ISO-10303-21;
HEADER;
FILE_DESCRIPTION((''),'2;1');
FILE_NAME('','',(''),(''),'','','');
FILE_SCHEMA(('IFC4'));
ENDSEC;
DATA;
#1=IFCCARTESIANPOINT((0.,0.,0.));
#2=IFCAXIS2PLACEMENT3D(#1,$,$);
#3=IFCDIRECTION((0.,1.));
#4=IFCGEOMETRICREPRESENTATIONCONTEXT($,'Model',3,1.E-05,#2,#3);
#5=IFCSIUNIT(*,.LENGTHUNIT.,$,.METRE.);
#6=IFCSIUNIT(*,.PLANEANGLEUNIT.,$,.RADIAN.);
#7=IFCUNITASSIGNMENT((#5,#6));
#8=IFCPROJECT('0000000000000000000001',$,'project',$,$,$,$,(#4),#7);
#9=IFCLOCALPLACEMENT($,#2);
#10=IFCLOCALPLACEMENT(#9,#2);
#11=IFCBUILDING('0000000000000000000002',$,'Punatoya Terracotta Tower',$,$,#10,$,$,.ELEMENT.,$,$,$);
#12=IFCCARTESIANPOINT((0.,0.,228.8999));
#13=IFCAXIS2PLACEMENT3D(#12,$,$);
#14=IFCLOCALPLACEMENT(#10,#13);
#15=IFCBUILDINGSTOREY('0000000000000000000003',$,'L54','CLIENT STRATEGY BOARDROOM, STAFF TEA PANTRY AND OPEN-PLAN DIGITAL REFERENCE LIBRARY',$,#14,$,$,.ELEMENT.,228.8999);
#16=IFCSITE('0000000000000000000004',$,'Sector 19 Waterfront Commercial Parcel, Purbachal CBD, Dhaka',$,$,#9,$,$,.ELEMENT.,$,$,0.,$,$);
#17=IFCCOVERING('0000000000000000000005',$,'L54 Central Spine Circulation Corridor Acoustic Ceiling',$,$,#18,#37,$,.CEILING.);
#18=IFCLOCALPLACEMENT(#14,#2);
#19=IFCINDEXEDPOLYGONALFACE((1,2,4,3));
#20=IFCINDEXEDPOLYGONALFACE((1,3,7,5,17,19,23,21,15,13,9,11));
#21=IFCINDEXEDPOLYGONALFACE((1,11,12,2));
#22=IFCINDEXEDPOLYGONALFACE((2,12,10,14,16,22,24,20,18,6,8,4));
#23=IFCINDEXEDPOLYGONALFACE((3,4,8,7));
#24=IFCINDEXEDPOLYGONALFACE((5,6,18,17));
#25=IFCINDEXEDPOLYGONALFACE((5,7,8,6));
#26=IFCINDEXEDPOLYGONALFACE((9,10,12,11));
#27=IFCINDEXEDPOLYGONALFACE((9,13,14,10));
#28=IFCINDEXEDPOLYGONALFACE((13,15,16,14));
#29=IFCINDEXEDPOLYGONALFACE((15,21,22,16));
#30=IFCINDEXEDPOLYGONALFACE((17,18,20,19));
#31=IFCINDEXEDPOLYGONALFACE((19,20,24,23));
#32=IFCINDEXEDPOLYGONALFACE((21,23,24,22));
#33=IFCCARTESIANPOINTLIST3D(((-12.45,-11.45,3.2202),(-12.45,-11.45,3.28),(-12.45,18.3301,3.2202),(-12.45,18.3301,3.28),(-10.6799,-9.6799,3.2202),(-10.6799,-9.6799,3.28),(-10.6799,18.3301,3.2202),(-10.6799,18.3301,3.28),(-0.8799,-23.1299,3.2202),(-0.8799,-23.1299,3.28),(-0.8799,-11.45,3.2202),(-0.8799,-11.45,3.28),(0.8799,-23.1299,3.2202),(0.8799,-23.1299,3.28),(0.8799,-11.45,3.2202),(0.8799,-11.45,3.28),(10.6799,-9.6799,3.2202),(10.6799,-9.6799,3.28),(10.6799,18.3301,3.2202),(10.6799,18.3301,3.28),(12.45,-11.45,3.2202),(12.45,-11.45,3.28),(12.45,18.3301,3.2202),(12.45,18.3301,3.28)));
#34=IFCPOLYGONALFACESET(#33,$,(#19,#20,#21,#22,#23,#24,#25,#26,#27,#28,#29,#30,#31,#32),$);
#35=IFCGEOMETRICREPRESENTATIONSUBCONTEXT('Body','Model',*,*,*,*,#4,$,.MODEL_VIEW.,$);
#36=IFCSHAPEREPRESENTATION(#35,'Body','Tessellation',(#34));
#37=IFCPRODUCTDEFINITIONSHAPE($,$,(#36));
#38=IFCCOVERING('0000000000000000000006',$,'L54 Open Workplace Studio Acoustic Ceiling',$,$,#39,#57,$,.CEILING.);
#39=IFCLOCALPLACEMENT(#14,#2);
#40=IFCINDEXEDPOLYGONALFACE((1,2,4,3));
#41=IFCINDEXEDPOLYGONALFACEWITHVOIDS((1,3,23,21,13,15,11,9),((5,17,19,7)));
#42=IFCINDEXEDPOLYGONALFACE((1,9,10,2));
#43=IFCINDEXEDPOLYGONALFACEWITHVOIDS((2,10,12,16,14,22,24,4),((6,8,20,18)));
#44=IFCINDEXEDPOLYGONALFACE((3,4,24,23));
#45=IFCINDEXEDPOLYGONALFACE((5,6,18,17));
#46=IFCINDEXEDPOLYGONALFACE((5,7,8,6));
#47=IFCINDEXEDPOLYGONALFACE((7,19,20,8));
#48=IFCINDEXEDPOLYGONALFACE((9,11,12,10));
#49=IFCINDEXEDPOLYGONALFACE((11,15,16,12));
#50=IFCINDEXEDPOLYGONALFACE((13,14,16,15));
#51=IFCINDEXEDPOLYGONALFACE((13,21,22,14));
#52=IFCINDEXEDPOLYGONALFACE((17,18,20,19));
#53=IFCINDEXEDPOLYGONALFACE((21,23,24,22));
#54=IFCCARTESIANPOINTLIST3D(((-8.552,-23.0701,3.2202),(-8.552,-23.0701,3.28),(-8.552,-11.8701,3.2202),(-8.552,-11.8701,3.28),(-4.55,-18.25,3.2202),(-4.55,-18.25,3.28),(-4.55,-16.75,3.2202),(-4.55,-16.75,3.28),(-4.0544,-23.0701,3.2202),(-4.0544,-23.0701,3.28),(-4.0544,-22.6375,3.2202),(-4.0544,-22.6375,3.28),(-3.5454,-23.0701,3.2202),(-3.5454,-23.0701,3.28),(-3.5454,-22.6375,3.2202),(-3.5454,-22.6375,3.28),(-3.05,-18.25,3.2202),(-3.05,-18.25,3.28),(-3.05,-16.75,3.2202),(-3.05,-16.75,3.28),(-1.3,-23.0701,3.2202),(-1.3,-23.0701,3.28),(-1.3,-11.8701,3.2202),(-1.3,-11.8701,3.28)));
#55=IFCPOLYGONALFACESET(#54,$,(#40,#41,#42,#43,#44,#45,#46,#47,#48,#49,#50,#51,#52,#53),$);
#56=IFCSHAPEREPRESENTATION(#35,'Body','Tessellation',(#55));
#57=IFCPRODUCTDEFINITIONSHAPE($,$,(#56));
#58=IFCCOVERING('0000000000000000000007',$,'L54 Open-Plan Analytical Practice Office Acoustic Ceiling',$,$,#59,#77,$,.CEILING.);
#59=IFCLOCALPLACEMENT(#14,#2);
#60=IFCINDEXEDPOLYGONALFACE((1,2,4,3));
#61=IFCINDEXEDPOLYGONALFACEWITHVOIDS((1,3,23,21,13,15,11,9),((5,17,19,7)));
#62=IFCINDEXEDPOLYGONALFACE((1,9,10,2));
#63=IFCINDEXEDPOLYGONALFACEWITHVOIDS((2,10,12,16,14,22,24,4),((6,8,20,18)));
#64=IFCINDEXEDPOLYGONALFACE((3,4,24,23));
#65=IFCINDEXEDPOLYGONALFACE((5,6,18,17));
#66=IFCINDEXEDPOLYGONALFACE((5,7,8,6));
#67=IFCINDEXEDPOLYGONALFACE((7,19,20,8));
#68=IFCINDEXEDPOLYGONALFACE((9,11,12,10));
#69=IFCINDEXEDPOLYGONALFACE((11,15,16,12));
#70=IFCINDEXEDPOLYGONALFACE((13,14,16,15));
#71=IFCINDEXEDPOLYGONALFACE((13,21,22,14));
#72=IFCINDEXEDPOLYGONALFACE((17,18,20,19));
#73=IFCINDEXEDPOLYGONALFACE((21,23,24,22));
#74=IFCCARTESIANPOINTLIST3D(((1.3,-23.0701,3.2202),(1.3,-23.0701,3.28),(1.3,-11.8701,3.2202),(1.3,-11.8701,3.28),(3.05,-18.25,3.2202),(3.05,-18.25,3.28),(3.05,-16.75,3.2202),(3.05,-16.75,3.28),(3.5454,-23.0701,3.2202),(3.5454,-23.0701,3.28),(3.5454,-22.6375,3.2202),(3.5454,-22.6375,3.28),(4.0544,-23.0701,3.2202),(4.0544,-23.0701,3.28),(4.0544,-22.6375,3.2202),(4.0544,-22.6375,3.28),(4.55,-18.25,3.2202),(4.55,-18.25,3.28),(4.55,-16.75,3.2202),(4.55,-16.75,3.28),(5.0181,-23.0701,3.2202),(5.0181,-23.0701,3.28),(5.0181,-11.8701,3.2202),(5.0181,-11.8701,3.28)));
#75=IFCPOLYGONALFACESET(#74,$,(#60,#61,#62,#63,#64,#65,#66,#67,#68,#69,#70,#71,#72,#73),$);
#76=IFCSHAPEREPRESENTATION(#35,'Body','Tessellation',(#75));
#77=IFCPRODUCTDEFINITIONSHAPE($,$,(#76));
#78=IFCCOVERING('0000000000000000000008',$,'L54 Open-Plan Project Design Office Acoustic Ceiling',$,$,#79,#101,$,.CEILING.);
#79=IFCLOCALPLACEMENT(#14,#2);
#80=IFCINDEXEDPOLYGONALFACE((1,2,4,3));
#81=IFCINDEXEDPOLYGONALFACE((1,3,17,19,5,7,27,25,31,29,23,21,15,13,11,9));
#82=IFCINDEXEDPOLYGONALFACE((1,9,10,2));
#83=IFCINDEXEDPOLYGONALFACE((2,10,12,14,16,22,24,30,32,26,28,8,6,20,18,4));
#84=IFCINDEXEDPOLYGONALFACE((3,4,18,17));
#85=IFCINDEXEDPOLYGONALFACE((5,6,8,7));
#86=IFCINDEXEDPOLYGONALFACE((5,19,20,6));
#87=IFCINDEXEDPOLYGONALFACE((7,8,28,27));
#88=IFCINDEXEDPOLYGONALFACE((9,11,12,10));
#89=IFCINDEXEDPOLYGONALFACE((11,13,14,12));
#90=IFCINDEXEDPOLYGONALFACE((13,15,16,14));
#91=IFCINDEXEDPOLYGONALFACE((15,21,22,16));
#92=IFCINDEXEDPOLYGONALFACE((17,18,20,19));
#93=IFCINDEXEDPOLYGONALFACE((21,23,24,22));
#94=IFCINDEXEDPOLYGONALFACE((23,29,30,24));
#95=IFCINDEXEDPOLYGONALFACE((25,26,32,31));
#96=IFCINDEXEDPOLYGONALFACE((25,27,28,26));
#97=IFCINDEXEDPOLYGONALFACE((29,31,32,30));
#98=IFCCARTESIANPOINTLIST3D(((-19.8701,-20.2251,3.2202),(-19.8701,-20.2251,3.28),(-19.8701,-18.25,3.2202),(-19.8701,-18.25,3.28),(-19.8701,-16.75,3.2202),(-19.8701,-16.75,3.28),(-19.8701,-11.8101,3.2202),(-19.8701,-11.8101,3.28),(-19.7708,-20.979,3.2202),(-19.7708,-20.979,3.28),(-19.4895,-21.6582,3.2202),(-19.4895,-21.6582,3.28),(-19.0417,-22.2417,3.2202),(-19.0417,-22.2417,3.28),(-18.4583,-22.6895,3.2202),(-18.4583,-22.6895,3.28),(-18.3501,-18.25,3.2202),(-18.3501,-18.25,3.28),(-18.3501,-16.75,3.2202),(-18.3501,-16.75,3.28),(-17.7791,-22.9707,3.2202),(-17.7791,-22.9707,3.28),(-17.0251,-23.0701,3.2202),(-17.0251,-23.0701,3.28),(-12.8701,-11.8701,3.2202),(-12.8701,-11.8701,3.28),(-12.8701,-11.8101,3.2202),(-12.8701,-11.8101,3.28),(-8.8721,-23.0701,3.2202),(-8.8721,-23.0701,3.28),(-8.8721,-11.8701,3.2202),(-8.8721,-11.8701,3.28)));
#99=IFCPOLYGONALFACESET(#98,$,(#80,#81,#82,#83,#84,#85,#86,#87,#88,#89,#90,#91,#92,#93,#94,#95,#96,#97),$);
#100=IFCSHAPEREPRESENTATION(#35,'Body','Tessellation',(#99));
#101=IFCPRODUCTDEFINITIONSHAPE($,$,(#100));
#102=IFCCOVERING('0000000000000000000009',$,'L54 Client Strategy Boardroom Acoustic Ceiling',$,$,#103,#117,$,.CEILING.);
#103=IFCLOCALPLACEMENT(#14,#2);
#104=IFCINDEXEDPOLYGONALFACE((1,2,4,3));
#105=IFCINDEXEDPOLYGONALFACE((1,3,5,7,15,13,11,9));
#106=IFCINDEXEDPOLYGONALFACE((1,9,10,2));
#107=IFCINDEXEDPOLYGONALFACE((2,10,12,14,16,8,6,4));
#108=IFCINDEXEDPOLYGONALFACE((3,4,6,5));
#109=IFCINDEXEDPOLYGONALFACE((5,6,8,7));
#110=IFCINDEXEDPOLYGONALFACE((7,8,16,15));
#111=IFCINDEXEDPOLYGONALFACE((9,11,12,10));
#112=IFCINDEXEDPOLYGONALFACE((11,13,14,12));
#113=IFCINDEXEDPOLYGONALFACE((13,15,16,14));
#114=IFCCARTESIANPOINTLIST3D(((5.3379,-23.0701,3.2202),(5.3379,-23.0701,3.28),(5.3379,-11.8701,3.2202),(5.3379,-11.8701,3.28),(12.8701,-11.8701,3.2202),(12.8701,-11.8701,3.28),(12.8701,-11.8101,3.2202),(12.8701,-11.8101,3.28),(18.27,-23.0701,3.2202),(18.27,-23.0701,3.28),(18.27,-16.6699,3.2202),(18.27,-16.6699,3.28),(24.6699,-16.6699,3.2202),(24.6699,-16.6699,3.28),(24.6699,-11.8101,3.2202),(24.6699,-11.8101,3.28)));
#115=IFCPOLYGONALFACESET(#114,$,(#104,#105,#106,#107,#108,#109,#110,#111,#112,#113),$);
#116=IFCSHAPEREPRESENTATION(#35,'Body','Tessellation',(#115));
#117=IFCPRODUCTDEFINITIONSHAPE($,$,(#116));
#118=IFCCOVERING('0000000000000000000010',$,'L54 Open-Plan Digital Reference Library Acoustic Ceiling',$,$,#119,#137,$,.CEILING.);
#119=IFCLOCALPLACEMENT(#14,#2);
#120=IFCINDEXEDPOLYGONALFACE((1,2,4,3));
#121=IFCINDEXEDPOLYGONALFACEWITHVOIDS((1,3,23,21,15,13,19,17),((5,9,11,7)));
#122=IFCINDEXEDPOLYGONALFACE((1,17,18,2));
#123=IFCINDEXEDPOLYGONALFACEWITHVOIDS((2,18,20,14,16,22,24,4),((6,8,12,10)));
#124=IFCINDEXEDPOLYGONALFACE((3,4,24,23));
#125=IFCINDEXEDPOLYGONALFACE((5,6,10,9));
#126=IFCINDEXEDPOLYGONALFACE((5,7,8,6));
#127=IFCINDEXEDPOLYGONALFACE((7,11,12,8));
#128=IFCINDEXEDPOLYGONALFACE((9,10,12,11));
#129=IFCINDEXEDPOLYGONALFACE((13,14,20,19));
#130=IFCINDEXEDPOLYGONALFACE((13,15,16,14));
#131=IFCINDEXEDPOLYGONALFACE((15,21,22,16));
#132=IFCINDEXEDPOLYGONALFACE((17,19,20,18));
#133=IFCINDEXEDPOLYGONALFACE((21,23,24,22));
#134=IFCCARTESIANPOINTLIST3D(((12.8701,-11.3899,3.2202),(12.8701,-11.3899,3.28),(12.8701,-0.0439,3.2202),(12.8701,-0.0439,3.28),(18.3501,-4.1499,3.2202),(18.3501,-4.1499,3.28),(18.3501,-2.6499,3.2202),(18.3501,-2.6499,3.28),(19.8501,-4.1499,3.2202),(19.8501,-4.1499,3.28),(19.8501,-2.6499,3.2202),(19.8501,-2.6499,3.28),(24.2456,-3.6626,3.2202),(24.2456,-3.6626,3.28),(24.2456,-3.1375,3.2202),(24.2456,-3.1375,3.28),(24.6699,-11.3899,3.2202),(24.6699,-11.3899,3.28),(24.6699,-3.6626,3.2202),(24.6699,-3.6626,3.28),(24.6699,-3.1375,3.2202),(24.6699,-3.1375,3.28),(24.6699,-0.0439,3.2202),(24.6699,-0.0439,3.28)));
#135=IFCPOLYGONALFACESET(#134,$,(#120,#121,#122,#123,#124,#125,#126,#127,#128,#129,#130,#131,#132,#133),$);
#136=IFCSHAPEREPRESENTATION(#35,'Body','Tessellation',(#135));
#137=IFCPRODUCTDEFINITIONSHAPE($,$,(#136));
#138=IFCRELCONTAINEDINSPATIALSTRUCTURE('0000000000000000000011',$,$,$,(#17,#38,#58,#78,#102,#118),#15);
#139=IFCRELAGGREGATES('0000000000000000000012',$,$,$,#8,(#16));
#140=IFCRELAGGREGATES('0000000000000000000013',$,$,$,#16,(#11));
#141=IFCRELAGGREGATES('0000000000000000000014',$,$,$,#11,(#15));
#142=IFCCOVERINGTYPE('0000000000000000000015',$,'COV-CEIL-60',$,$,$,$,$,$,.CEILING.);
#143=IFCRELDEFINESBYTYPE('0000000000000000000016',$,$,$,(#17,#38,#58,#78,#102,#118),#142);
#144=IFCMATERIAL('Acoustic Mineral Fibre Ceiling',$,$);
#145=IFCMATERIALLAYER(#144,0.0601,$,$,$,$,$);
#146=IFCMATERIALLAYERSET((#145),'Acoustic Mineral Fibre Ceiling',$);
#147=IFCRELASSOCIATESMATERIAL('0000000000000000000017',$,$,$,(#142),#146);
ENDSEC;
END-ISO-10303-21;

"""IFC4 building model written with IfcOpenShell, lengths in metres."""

from ifc_helpers import new_model, si_unit, direction, frame, origin, place, context, subcontext, project, spatial, polyline, outline, extrude, material, layer, layer_set, type_object, element, save


model = new_model("IFC4")

# Units and contexts
model_context = context("Model", 3, precision=1e-05, world=origin(), true_north=direction((0.0, 1.0)))
body_context = subcontext(model_context, "Body", "Model", "MODEL_VIEW")
ifc_project = project(units=[si_unit("LENGTHUNIT", "METRE"), si_unit("PLANEANGLEUNIT", "RADIAN")], contexts=[model_context])

# Site, building, storey
site_placement = place(None, origin())
site = spatial("IfcSite", under=ifc_project, at=site_placement, Name="Sector 19 Waterfront Commercial Parcel, Purbachal CBD, Dhaka", CompositionType="ELEMENT", RefElevation=0.0)
building_placement = place(site_placement, origin())
building = spatial("IfcBuilding", under=site, at=building_placement, Name="Punatoya Terracotta Tower", CompositionType="ELEMENT")
storey_placement = place(building_placement, frame((0.0, 0.0, 228.8999)))
storey = spatial("IfcBuildingStorey", under=building, at=storey_placement, Name="L54", Description="CLIENT STRATEGY BOARDROOM, STAFF TEA PANTRY AND OPEN-PLAN DIGITAL REFERENCE LIBRARY", CompositionType="ELEMENT", Elevation=228.8999)

# Coverings
ifc_material_1 = material(Name="Acoustic Mineral Fibre Ceiling")
ifc_layer_1 = layer(ifc_material_1, 0.0601)
ifc_layer_set_1 = layer_set([ifc_layer_1], Name="Acoustic Mineral Fibre Ceiling")
covering_type = type_object("IfcCoveringType", Name="COV-CEIL-60", PredefinedType="CEILING", material=ifc_layer_set_1)
covering_1_placement = place(storey_placement, frame((0.0, 0.0, 3.2202)))
element("IfcCovering", 1, at=covering_1_placement, inside=storey, type_object=covering_type, Name="L54 Central Spine Circulation Corridor Acoustic Ceiling", PredefinedType="CEILING", context=body_context, shape_type="SweptSolid", body=[
    extrude(outline(polyline([(10.6799, 18.3301), (10.6799, -9.6799), (-10.6799, -9.6799), (-10.6799, 18.3301), (-12.45, 18.3301), (-12.45, -11.45), (-0.8799, -11.45), (-0.8799, -23.1299), (0.8799, -23.1299), (0.8799, -11.45), (12.45, -11.45), (12.45, 18.3301), (10.6799, 18.3301)])), origin(), (0.0, 0.0, 1.0), 0.0598),
])
covering_2_placement = place(storey_placement, frame((0.0, 0.0, 3.2202)))
element("IfcCovering", 2, at=covering_2_placement, inside=storey, type_object=covering_type, Name="L54 Open Workplace Studio Acoustic Ceiling", PredefinedType="CEILING", context=body_context, shape_type="SweptSolid", body=[
    extrude(outline(polyline([(-8.552, -23.0701), (-4.0544, -23.0701), (-4.0544, -22.6375), (-3.5454, -22.6375), (-3.5454, -23.0701), (-1.3, -23.0701), (-1.3, -11.8701), (-8.552, -11.8701), (-8.552, -23.0701)]), holes=[polyline([(-3.05, -18.25), (-4.55, -18.25), (-4.55, -16.75), (-3.05, -16.75), (-3.05, -18.25)])]), origin(), (0.0, 0.0, 1.0), 0.0598),
])
covering_3_placement = place(storey_placement, frame((0.0, 0.0, 3.2202)))
element("IfcCovering", 3, at=covering_3_placement, inside=storey, type_object=covering_type, Name="L54 Open-Plan Analytical Practice Office Acoustic Ceiling", PredefinedType="CEILING", context=body_context, shape_type="SweptSolid", body=[
    extrude(outline(polyline([(3.5454, -22.6375), (4.0544, -22.6375), (4.0544, -23.0701), (5.0181, -23.0701), (5.0181, -11.8701), (1.3, -11.8701), (1.3, -23.0701), (3.5454, -23.0701), (3.5454, -22.6375)]), holes=[polyline([(3.05, -18.25), (3.05, -16.75), (4.55, -16.75), (4.55, -18.25), (3.05, -18.25)])]), origin(), (0.0, 0.0, 1.0), 0.0598),
])
covering_4_placement = place(storey_placement, frame((0.0, 0.0, 3.2202)))
element("IfcCovering", 4, at=covering_4_placement, inside=storey, type_object=covering_type, Name="L54 Open-Plan Project Design Office Acoustic Ceiling", PredefinedType="CEILING", context=body_context, shape_type="SweptSolid", body=[
    extrude(outline(polyline([(-19.8701, -18.25), (-19.8701, -20.2251), (-19.7708, -20.979), (-19.4895, -21.6582), (-19.0417, -22.2417), (-18.4583, -22.6895), (-17.7791, -22.9707), (-17.0251, -23.0701), (-8.8721, -23.0701), (-8.8721, -11.8701), (-12.8701, -11.8701), (-12.8701, -11.8101), (-19.8701, -11.8101), (-19.8701, -16.75), (-18.3501, -16.75), (-18.3501, -18.25), (-19.8701, -18.25)])), origin(), (0.0, 0.0, 1.0), 0.0598),
])
covering_5_placement = place(storey_placement, frame((0.0, 0.0, 3.2202)))
element("IfcCovering", 5, at=covering_5_placement, inside=storey, type_object=covering_type, Name="L54 Client Strategy Boardroom Acoustic Ceiling", PredefinedType="CEILING", context=body_context, shape_type="SweptSolid", body=[
    extrude(outline(polyline([(12.8701, -11.8701), (5.3379, -11.8701), (5.3379, -23.0701), (18.27, -23.0701), (18.27, -16.6699), (24.6699, -16.6699), (24.6699, -11.8101), (12.8701, -11.8101), (12.8701, -11.8701)])), origin(), (0.0, 0.0, 1.0), 0.0598),
])
covering_6_placement = place(storey_placement, frame((0.0, 0.0, 3.2202)))
element("IfcCovering", 6, at=covering_6_placement, inside=storey, type_object=covering_type, Name="L54 Open-Plan Digital Reference Library Acoustic Ceiling", PredefinedType="CEILING", context=body_context, shape_type="SweptSolid", body=[
    extrude(outline(polyline([(24.2456, -3.6626), (24.2456, -3.1375), (24.6699, -3.1375), (24.6699, -0.0439), (12.8701, -0.0439), (12.8701, -11.3899), (24.6699, -11.3899), (24.6699, -3.6626), (24.2456, -3.6626)]), holes=[polyline([(19.8501, -2.6499), (19.8501, -4.1499), (18.3501, -4.1499), (18.3501, -2.6499), (19.8501, -2.6499)])]), origin(), (0.0, 0.0, 1.0), 0.0598),
])

save(model, "model.ifc")
